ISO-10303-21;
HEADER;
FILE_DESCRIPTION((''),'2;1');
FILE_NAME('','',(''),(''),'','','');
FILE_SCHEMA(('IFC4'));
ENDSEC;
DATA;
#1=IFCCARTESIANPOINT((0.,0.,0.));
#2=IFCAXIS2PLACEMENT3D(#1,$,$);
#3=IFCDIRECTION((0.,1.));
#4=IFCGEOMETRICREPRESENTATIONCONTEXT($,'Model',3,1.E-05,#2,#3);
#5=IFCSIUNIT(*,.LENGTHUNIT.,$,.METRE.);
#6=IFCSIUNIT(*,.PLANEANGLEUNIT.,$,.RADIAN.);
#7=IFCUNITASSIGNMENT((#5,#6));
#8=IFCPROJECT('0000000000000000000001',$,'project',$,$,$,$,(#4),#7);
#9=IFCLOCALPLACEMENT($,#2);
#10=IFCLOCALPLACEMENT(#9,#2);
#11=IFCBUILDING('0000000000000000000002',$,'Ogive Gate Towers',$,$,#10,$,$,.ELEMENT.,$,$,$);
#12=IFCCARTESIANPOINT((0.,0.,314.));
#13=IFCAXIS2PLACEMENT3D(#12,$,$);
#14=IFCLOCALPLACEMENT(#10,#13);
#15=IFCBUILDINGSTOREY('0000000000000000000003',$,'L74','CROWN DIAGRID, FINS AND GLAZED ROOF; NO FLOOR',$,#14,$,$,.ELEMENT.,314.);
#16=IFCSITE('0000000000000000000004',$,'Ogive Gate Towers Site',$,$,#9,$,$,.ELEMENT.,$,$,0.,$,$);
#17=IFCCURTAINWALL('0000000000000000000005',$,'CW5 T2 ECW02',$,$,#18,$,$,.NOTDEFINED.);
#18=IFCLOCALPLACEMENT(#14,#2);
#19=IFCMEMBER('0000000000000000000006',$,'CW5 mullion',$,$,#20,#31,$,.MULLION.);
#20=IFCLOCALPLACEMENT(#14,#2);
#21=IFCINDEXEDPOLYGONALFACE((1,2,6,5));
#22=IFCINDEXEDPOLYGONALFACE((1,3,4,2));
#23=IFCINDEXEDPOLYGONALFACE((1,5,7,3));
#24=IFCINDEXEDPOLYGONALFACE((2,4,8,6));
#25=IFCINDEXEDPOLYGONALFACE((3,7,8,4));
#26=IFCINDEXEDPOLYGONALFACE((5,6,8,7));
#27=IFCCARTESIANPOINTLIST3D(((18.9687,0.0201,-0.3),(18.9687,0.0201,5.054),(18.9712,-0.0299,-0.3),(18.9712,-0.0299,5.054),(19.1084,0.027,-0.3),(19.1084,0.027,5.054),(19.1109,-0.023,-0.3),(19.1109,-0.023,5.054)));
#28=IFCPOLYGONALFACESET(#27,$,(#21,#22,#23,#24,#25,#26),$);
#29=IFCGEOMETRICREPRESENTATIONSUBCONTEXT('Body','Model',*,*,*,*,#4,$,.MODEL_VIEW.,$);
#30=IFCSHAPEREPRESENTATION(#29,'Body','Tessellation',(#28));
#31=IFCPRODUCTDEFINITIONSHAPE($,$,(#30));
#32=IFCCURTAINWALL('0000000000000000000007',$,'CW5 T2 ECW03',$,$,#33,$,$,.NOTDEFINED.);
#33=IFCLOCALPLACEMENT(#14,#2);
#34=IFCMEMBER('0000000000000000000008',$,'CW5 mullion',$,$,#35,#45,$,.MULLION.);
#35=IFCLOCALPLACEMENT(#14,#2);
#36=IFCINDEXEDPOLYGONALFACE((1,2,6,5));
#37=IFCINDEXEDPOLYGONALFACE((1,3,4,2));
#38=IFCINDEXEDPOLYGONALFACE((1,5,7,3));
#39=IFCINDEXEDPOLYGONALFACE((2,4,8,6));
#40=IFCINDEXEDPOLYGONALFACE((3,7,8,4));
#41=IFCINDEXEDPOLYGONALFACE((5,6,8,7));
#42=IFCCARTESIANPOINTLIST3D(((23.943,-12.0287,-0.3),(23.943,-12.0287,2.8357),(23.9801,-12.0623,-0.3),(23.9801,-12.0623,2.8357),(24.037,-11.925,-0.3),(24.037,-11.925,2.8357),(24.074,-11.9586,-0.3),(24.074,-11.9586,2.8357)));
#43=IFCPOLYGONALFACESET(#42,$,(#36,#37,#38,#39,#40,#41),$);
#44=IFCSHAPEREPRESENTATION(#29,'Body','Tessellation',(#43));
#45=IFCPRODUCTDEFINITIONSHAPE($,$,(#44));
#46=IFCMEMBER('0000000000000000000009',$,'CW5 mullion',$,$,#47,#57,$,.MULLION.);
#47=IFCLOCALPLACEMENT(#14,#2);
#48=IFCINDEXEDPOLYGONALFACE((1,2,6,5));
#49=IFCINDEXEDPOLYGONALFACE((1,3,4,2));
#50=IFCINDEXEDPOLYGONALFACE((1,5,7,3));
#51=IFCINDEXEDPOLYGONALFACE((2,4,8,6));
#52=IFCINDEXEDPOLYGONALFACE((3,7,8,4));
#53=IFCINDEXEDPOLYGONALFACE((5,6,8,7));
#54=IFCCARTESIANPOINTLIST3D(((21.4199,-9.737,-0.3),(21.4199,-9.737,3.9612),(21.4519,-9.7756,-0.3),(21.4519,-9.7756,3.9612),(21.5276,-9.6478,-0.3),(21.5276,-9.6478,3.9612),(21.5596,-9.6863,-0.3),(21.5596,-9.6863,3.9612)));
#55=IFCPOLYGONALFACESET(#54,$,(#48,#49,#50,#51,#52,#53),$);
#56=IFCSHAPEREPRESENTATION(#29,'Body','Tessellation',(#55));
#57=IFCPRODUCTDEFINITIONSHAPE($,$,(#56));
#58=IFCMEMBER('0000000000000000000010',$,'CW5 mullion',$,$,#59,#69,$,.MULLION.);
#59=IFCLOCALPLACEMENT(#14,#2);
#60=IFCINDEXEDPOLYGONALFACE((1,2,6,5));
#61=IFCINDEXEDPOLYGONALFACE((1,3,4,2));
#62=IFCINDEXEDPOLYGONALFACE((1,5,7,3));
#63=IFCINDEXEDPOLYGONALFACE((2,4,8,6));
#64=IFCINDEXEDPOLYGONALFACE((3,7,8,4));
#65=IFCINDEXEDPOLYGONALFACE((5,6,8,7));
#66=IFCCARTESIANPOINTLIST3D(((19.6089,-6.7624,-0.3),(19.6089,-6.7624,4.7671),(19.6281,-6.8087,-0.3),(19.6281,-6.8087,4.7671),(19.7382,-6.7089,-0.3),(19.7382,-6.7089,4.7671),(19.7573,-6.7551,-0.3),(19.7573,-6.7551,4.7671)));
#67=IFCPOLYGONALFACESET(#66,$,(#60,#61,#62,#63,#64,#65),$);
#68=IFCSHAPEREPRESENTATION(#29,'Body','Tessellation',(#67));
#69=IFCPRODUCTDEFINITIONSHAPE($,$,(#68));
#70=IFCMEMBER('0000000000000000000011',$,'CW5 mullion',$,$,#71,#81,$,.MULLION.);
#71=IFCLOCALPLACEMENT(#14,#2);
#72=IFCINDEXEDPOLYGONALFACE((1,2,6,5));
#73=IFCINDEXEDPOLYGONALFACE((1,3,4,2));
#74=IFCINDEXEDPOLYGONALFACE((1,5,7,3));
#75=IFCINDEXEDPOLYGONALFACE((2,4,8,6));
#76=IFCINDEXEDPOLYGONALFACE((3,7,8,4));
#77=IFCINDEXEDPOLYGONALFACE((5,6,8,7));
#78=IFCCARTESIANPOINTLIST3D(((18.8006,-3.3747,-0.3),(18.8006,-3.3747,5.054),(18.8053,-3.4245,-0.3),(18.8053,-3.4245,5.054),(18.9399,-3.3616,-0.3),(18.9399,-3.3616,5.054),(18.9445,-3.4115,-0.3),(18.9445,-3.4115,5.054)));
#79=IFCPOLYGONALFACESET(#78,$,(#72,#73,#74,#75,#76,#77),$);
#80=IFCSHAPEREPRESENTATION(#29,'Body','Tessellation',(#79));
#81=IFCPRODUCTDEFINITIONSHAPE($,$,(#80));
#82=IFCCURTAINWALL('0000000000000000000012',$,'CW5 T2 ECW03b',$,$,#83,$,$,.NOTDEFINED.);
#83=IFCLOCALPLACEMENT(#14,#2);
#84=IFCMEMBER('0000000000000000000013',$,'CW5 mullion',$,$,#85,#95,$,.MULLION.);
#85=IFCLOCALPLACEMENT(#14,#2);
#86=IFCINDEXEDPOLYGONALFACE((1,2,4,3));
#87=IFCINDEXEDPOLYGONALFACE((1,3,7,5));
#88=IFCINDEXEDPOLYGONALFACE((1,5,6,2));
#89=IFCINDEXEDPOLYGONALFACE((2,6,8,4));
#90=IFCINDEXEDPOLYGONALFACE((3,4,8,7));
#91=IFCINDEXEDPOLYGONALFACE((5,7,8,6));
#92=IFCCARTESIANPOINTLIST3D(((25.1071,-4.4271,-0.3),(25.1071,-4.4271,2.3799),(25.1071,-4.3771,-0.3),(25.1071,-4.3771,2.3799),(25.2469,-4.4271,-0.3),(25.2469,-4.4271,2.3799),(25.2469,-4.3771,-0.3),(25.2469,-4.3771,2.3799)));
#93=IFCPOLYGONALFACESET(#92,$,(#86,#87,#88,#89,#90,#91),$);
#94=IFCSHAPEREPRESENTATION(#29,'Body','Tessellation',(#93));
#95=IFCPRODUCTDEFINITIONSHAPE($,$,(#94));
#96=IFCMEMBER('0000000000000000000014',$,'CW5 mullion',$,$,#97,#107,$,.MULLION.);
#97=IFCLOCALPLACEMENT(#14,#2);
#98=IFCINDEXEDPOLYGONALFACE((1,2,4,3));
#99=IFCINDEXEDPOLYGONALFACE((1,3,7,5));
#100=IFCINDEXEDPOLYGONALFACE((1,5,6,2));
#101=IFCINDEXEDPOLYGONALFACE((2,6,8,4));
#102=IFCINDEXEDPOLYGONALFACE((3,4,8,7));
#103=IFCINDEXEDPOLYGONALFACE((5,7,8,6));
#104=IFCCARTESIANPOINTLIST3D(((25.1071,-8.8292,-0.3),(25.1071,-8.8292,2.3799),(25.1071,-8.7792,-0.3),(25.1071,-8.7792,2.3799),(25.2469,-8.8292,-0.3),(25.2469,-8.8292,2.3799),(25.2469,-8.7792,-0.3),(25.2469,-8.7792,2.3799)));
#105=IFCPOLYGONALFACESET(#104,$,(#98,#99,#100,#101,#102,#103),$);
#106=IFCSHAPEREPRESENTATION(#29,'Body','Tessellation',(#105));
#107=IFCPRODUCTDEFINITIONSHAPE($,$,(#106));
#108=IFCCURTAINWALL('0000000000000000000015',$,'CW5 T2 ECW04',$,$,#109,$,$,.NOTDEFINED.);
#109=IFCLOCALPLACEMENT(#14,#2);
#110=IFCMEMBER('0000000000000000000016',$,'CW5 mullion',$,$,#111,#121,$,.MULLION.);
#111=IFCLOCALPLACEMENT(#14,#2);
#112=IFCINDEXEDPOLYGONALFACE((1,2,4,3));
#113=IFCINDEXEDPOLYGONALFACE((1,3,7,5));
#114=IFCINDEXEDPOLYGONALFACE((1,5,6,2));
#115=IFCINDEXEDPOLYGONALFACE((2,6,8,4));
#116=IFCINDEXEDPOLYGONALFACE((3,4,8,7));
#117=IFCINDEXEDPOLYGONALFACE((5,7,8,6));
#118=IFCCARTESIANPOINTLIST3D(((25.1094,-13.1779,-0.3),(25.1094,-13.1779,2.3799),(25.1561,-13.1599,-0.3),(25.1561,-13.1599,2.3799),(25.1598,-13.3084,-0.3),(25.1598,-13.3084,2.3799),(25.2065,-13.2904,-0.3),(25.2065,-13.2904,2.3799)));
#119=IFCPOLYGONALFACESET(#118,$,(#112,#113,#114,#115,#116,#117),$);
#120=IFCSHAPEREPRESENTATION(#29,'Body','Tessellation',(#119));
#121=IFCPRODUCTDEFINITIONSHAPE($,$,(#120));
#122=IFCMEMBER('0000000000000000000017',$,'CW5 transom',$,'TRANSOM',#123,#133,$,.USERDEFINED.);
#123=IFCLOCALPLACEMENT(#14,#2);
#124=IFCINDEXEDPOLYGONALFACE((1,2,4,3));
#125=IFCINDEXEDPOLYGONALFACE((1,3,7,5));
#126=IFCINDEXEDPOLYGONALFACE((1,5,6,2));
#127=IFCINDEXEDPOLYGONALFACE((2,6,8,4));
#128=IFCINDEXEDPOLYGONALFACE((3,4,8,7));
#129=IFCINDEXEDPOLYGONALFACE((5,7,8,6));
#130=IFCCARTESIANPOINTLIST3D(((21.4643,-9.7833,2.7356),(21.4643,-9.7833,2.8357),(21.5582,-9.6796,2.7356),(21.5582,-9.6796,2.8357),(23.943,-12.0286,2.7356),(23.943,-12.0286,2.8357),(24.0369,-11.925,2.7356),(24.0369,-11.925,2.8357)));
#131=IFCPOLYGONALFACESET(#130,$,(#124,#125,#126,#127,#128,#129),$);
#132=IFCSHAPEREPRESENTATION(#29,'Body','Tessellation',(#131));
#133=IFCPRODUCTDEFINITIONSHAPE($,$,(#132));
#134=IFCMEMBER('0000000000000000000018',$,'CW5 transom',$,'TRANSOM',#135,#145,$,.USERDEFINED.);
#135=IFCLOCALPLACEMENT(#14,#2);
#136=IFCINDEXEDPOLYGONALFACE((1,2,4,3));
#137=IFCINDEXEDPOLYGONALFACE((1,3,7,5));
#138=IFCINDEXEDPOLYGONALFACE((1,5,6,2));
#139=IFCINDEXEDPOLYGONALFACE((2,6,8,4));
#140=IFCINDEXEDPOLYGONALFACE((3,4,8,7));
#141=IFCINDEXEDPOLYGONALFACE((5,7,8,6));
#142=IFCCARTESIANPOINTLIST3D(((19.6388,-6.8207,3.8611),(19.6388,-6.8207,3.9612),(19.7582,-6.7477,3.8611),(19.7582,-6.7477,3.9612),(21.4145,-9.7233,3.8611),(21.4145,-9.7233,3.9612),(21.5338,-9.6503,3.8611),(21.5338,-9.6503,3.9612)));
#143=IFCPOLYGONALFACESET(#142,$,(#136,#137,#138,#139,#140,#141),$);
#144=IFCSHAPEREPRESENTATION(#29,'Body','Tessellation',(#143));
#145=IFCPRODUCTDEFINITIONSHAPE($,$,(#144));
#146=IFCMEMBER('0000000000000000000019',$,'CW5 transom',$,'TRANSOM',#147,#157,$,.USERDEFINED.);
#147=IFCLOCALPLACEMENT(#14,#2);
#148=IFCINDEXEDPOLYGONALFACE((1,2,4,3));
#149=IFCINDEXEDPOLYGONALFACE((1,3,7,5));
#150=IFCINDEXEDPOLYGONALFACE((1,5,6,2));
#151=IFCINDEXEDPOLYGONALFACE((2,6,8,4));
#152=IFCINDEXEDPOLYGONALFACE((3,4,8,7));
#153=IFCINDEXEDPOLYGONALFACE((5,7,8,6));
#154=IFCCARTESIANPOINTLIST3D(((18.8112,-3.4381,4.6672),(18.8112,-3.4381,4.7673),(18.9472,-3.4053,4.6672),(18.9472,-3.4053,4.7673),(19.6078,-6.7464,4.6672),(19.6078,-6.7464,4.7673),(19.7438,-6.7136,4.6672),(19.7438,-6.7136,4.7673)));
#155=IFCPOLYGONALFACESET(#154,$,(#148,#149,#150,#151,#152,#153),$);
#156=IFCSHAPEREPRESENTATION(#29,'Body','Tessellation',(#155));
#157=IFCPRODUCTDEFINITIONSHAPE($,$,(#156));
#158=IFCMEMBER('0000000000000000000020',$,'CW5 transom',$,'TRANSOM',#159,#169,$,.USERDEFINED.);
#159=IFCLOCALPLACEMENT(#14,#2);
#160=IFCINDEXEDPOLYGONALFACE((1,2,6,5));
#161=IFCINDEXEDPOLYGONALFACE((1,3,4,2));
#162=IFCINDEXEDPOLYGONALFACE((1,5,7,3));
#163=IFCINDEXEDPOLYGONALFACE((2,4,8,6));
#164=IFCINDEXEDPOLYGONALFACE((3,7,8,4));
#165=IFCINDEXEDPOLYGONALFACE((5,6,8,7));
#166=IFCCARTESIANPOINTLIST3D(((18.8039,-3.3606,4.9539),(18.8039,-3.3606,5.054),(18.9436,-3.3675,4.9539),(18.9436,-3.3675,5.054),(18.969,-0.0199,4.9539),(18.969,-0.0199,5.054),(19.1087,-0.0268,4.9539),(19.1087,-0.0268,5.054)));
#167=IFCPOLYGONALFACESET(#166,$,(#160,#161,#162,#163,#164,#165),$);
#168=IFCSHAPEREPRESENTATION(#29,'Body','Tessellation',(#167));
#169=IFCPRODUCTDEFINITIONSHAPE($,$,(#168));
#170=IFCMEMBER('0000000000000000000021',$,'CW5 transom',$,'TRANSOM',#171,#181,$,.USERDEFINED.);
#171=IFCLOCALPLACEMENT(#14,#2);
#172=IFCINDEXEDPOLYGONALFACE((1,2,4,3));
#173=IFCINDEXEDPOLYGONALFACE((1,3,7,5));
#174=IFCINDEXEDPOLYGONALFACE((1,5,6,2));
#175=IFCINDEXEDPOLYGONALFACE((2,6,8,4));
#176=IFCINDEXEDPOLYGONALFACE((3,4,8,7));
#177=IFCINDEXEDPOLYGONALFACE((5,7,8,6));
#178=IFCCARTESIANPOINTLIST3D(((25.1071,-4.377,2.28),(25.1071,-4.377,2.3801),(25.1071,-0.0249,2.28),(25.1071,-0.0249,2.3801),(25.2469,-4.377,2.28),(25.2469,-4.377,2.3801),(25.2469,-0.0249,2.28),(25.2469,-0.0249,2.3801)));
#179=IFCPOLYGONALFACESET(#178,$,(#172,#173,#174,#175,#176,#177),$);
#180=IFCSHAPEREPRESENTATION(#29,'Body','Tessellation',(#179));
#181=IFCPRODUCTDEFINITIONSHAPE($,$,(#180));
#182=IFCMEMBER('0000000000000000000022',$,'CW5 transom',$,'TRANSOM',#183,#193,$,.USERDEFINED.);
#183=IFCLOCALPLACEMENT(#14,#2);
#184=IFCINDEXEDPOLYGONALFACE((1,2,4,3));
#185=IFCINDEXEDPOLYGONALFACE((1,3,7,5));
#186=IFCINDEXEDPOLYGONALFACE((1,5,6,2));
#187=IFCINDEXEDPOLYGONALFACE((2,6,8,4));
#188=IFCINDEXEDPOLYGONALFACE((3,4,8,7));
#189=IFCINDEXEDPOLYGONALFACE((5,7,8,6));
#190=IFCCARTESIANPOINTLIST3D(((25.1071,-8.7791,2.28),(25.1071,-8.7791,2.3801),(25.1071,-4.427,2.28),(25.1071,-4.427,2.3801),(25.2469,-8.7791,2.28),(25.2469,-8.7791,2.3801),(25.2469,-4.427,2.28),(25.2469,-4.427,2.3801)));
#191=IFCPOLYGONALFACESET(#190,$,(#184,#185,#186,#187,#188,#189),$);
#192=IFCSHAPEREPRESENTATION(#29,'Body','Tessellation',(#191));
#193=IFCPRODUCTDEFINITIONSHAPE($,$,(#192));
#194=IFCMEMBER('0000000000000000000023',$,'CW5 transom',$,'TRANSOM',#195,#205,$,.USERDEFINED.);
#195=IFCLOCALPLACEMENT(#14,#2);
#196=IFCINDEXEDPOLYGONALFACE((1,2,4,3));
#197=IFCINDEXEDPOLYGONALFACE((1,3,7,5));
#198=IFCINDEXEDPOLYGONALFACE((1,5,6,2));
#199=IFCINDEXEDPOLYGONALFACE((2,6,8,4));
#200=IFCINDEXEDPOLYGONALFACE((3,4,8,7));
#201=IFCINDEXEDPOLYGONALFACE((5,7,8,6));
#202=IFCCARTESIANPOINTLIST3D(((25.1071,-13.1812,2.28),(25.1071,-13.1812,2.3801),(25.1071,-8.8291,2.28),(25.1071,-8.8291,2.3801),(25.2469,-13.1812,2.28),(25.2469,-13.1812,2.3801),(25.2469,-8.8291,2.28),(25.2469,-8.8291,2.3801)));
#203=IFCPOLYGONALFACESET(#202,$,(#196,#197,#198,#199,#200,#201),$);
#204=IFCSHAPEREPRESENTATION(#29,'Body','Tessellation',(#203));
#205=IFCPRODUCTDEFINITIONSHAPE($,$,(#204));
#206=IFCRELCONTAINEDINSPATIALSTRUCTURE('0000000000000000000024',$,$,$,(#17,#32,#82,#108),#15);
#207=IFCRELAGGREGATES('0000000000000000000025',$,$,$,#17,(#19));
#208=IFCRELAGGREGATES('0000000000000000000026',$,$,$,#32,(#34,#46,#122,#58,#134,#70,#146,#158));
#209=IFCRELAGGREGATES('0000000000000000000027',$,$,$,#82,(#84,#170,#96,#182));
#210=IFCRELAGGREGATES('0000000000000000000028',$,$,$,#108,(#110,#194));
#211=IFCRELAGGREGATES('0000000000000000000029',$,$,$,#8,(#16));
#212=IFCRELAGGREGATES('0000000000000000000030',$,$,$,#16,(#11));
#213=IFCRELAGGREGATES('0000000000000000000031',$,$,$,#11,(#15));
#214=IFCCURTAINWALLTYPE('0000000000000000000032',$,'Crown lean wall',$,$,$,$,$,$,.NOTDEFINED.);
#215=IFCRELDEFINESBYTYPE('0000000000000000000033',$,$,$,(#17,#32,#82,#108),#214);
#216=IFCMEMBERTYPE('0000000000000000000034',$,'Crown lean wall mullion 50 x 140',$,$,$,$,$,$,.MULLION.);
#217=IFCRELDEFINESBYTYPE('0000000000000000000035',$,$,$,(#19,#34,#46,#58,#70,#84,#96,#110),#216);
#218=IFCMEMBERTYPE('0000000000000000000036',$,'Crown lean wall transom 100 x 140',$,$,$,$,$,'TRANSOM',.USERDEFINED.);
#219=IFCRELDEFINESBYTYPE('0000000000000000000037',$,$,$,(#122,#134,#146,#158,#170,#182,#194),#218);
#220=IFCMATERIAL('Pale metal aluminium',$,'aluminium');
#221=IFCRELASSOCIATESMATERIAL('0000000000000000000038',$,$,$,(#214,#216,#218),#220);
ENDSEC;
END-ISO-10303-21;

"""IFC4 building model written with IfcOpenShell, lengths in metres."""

from ifc_helpers import new_model, si_unit, direction, frame, origin, origin_2d, place, context, subcontext, project, spatial, rectangle, extrude, material, material_profile, profile_set, type_object, element, aggregate, save


model = new_model("IFC4")

# Units and contexts
model_context = context("Model", 3, precision=1e-05, world=origin(), true_north=direction((0.0, 1.0)))
body_context = subcontext(model_context, "Body", "Model", "MODEL_VIEW")
ifc_project = project(units=[si_unit("LENGTHUNIT", "METRE"), si_unit("PLANEANGLEUNIT", "RADIAN")], contexts=[model_context])

# Site, building, storey
site_placement = place(None, origin())
site = spatial("IfcSite", under=ifc_project, at=site_placement, Name="Ogive Gate Towers Site", CompositionType="ELEMENT", RefElevation=0.0)
building_placement = place(site_placement, origin())
building = spatial("IfcBuilding", under=site, at=building_placement, Name="Ogive Gate Towers", CompositionType="ELEMENT")
storey_placement = place(building_placement, frame((0.0, 0.0, 314.0)))
storey = spatial("IfcBuildingStorey", under=building, at=storey_placement, Name="L74", Description="CROWN DIAGRID, FINS AND GLAZED ROOF; NO FLOOR", CompositionType="ELEMENT", Elevation=314.0)

# Curtain wall, member
ifc_material_1 = material(Name="Pale metal aluminium", Category="aluminium")
curtain_wall_type = type_object("IfcCurtainWallType", Name="Crown lean wall", PredefinedType="NOTDEFINED", material=ifc_material_1)
curtain_wall_1_placement = place(storey_placement, origin())
curtain_wall_1 = element("IfcCurtainWall", 1, at=curtain_wall_1_placement, inside=storey, type_object=curtain_wall_type, Name="CW5 T2 ECW02", PredefinedType="NOTDEFINED")
ifc_material_profile_1 = material_profile(ifc_material_1, rectangle(XDim=0.1399, YDim=0.05, at=origin_2d()), Name="50 x 140 aluminium box")
ifc_profile_set_1 = profile_set([ifc_material_profile_1], Name="Pale metal aluminium")
member_type_1 = type_object("IfcMemberType", Name="Crown lean wall mullion 50 x 140", PredefinedType="MULLION", material=ifc_profile_set_1)
member_1_placement = place(storey_placement, frame((19.0398, -0.0015, -0.3), z_axis=(0.0, 0.0, 1.0), x_axis=(0.998782, 0.049338, 0.0)))
member_1 = element("IfcMember", 2, at=member_1_placement, type_object=member_type_1, Name="CW5 mullion", PredefinedType="MULLION", context=body_context, shape_type="SweptSolid", body=[
    extrude(rectangle(XDim=0.1399, YDim=0.05, at=origin_2d()), origin(), (0.0, 0.0, 1.0), 5.354),
])
aggregate(curtain_wall_1, [member_1])

# Curtain walls, members
curtain_wall_2_placement = place(storey_placement, origin())
curtain_wall_2 = element("IfcCurtainWall", 3, at=curtain_wall_2_placement, inside=storey, type_object=curtain_wall_type, Name="CW5 T2 ECW03", PredefinedType="NOTDEFINED")
member_2_placement = place(storey_placement, frame((24.0085, -11.9937, -0.3), z_axis=(0.0, 0.0, 1.0), x_axis=(0.671346, 0.741144, 0.0)))
member_2 = element("IfcMember", 4, at=member_2_placement, type_object=member_type_1, Name="CW5 mullion", PredefinedType="MULLION", context=body_context, shape_type="SweptSolid", body=[
    extrude(rectangle(XDim=0.1399, YDim=0.05, at=origin_2d()), origin(), (0.0, 0.0, 1.0), 3.1357),
])
member_3_placement = place(storey_placement, frame((21.4897, -9.7117, -0.3), z_axis=(0.0, 0.0, 1.0), x_axis=(0.770035, 0.638002, 0.0)))
member_3 = element("IfcMember", 5, at=member_3_placement, type_object=member_type_1, Name="CW5 mullion", PredefinedType="MULLION", context=body_context, shape_type="SweptSolid", body=[
    extrude(rectangle(XDim=0.1399, YDim=0.05, at=origin_2d()), origin(), (0.0, 0.0, 1.0), 4.2612),
])
member_4_placement = place(storey_placement, frame((19.6831, -6.7588, -0.3), z_axis=(0.0, 0.0, 1.0), x_axis=(0.92388, 0.382683, 0.0)))
member_4 = element("IfcMember", 6, at=member_4_placement, type_object=member_type_1, Name="CW5 mullion", PredefinedType="MULLION", context=body_context, shape_type="SweptSolid", body=[
    extrude(rectangle(XDim=0.1399, YDim=0.05, at=origin_2d()), origin(), (0.0, 0.0, 1.0), 5.0671),
])
member_5_placement = place(storey_placement, frame((18.8726, -3.3931, -0.3), z_axis=(0.0, 0.0, 1.0), x_axis=(0.995632, 0.093361, 0.0)))
member_5 = element("IfcMember", 7, at=member_5_placement, type_object=member_type_1, Name="CW5 mullion", PredefinedType="MULLION", context=body_context, shape_type="SweptSolid", body=[
    extrude(rectangle(XDim=0.1399, YDim=0.05, at=origin_2d()), origin(), (0.0, 0.0, 1.0), 5.354),
])
curtain_wall_3_placement = place(storey_placement, origin())
curtain_wall_3 = element("IfcCurtainWall", 8, at=curtain_wall_3_placement, inside=storey, type_object=curtain_wall_type, Name="CW5 T2 ECW03b", PredefinedType="NOTDEFINED")
member_6_placement = place(storey_placement, frame((25.177, -4.4021, -0.3), z_axis=(0.0, 0.0, 1.0), x_axis=(-1.0, 0.0, 0.0)))
member_6 = element("IfcMember", 9, at=member_6_placement, type_object=member_type_1, Name="CW5 mullion", PredefinedType="MULLION", context=body_context, shape_type="SweptSolid", body=[
    extrude(rectangle(XDim=0.1399, YDim=0.05, at=origin_2d()), origin(), (0.0, 0.0, 1.0), 2.6799),
])
member_7_placement = place(storey_placement, frame((25.177, -8.8042, -0.3), z_axis=(0.0, 0.0, 1.0), x_axis=(-1.0, 0.0, 0.0)))
member_7 = element("IfcMember", 10, at=member_7_placement, type_object=member_type_1, Name="CW5 mullion", PredefinedType="MULLION", context=body_context, shape_type="SweptSolid", body=[
    extrude(rectangle(XDim=0.1399, YDim=0.05, at=origin_2d()), origin(), (0.0, 0.0, 1.0), 2.6799),
])

# Curtain wall, member
curtain_wall_4_placement = place(storey_placement, origin())
curtain_wall_4 = element("IfcCurtainWall", 11, at=curtain_wall_4_placement, inside=storey, type_object=curtain_wall_type, Name="CW5 T2 ECW04", PredefinedType="NOTDEFINED")
member_8_placement = place(storey_placement, frame((25.158, -13.2341, -0.3), z_axis=(0.0, 0.0, 1.0), x_axis=(-0.359785, 0.933035, 0.0)))
member_8 = element("IfcMember", 12, at=member_8_placement, type_object=member_type_1, Name="CW5 mullion", PredefinedType="MULLION", context=body_context, shape_type="SweptSolid", body=[
    extrude(rectangle(XDim=0.1399, YDim=0.05, at=origin_2d()), origin(), (0.0, 0.0, 1.0), 2.6799),
])

# Members
ifc_material_profile_2 = material_profile(ifc_material_1, rectangle(XDim=0.1399, YDim=0.1001, at=origin_2d()), Name="100 x 140 aluminium box")
ifc_profile_set_2 = profile_set([ifc_material_profile_2], Name="Pale metal aluminium")
member_type_2 = type_object("IfcMemberType", Name="Crown lean wall transom 100 x 140", ElementType="TRANSOM", PredefinedType="USERDEFINED", material=ifc_profile_set_2)
member_9_placement = place(storey_placement, frame((23.99, -11.9768, 2.7856), z_axis=(-0.741138, 0.671353, 0.0), x_axis=(-0.671353, -0.741138, 0.0)))
member_9 = element("IfcMember", 13, at=member_9_placement, type_object=member_type_2, Name="CW5 transom", ObjectType="TRANSOM", PredefinedType="USERDEFINED", context=body_context, shape_type="SweptSolid", body=[
    extrude(rectangle(XDim=0.1399, YDim=0.1001, at=origin_2d()), origin(), (0.0, 0.0, 1.0), 3.3445),
])
member_10_placement = place(storey_placement, frame((21.4741, -9.6868, 3.9111), z_axis=(-0.521842, 0.853042, 0.0), x_axis=(-0.853042, -0.521842, 0.0)))
member_10 = element("IfcMember", 14, at=member_10_placement, type_object=member_type_2, Name="CW5 transom", ObjectType="TRANSOM", PredefinedType="USERDEFINED", context=body_context, shape_type="SweptSolid", body=[
    extrude(rectangle(XDim=0.1399, YDim=0.1001, at=origin_2d()), origin(), (0.0, 0.0, 1.0), 3.4026),
])
member_11_placement = place(storey_placement, frame((19.6758, -6.73, 4.7173), z_axis=(-0.234103, 0.972212, 0.0), x_axis=(-0.972212, -0.234103, 0.0)))
member_11 = element("IfcMember", 15, at=member_11_placement, type_object=member_type_2, Name="CW5 transom", ObjectType="TRANSOM", PredefinedType="USERDEFINED", context=body_context, shape_type="SweptSolid", body=[
    extrude(rectangle(XDim=0.1399, YDim=0.1001, at=origin_2d()), origin(), (0.0, 0.0, 1.0), 3.4028),
])
member_12_placement = place(storey_placement, frame((18.8738, -3.364, 5.0039), z_axis=(0.049344, 0.998782, 0.0), x_axis=(-0.998782, 0.049344, 0.0)))
member_12 = element("IfcMember", 16, at=member_12_placement, type_object=member_type_2, Name="CW5 transom", ObjectType="TRANSOM", PredefinedType="USERDEFINED", context=body_context, shape_type="SweptSolid", body=[
    extrude(rectangle(XDim=0.1399, YDim=0.1001, at=origin_2d()), origin(), (0.0, 0.0, 1.0), 3.3447),
])
member_13_placement = place(storey_placement, frame((25.177, -0.0249, 2.3301), z_axis=(0.0, -1.0, 0.0), x_axis=(1.0, 0.0, 0.0)))
member_13 = element("IfcMember", 17, at=member_13_placement, type_object=member_type_2, Name="CW5 transom", ObjectType="TRANSOM", PredefinedType="USERDEFINED", context=body_context, shape_type="SweptSolid", body=[
    extrude(rectangle(XDim=0.1399, YDim=0.1001, at=origin_2d()), origin(), (0.0, 0.0, 1.0), 4.3521),
])
member_14_placement = place(storey_placement, frame((25.177, -4.427, 2.3301), z_axis=(0.0, -1.0, 0.0), x_axis=(1.0, 0.0, 0.0)))
member_14 = element("IfcMember", 18, at=member_14_placement, type_object=member_type_2, Name="CW5 transom", ObjectType="TRANSOM", PredefinedType="USERDEFINED", context=body_context, shape_type="SweptSolid", body=[
    extrude(rectangle(XDim=0.1399, YDim=0.1001, at=origin_2d()), origin(), (0.0, 0.0, 1.0), 4.3521),
])
member_15_placement = place(storey_placement, frame((25.177, -8.8291, 2.3301), z_axis=(0.0, -1.0, 0.0), x_axis=(1.0, 0.0, 0.0)))
member_15 = element("IfcMember", 19, at=member_15_placement, type_object=member_type_2, Name="CW5 transom", ObjectType="TRANSOM", PredefinedType="USERDEFINED", context=body_context, shape_type="SweptSolid", body=[
    extrude(rectangle(XDim=0.1399, YDim=0.1001, at=origin_2d()), origin(), (0.0, 0.0, 1.0), 4.3521),
])

aggregate(curtain_wall_2, [member_2, member_3, member_9, member_4, member_10, member_5, member_11, member_12])
aggregate(curtain_wall_3, [member_6, member_13, member_7, member_14])
aggregate(curtain_wall_4, [member_8, member_15])

save(model, "model.ifc")
